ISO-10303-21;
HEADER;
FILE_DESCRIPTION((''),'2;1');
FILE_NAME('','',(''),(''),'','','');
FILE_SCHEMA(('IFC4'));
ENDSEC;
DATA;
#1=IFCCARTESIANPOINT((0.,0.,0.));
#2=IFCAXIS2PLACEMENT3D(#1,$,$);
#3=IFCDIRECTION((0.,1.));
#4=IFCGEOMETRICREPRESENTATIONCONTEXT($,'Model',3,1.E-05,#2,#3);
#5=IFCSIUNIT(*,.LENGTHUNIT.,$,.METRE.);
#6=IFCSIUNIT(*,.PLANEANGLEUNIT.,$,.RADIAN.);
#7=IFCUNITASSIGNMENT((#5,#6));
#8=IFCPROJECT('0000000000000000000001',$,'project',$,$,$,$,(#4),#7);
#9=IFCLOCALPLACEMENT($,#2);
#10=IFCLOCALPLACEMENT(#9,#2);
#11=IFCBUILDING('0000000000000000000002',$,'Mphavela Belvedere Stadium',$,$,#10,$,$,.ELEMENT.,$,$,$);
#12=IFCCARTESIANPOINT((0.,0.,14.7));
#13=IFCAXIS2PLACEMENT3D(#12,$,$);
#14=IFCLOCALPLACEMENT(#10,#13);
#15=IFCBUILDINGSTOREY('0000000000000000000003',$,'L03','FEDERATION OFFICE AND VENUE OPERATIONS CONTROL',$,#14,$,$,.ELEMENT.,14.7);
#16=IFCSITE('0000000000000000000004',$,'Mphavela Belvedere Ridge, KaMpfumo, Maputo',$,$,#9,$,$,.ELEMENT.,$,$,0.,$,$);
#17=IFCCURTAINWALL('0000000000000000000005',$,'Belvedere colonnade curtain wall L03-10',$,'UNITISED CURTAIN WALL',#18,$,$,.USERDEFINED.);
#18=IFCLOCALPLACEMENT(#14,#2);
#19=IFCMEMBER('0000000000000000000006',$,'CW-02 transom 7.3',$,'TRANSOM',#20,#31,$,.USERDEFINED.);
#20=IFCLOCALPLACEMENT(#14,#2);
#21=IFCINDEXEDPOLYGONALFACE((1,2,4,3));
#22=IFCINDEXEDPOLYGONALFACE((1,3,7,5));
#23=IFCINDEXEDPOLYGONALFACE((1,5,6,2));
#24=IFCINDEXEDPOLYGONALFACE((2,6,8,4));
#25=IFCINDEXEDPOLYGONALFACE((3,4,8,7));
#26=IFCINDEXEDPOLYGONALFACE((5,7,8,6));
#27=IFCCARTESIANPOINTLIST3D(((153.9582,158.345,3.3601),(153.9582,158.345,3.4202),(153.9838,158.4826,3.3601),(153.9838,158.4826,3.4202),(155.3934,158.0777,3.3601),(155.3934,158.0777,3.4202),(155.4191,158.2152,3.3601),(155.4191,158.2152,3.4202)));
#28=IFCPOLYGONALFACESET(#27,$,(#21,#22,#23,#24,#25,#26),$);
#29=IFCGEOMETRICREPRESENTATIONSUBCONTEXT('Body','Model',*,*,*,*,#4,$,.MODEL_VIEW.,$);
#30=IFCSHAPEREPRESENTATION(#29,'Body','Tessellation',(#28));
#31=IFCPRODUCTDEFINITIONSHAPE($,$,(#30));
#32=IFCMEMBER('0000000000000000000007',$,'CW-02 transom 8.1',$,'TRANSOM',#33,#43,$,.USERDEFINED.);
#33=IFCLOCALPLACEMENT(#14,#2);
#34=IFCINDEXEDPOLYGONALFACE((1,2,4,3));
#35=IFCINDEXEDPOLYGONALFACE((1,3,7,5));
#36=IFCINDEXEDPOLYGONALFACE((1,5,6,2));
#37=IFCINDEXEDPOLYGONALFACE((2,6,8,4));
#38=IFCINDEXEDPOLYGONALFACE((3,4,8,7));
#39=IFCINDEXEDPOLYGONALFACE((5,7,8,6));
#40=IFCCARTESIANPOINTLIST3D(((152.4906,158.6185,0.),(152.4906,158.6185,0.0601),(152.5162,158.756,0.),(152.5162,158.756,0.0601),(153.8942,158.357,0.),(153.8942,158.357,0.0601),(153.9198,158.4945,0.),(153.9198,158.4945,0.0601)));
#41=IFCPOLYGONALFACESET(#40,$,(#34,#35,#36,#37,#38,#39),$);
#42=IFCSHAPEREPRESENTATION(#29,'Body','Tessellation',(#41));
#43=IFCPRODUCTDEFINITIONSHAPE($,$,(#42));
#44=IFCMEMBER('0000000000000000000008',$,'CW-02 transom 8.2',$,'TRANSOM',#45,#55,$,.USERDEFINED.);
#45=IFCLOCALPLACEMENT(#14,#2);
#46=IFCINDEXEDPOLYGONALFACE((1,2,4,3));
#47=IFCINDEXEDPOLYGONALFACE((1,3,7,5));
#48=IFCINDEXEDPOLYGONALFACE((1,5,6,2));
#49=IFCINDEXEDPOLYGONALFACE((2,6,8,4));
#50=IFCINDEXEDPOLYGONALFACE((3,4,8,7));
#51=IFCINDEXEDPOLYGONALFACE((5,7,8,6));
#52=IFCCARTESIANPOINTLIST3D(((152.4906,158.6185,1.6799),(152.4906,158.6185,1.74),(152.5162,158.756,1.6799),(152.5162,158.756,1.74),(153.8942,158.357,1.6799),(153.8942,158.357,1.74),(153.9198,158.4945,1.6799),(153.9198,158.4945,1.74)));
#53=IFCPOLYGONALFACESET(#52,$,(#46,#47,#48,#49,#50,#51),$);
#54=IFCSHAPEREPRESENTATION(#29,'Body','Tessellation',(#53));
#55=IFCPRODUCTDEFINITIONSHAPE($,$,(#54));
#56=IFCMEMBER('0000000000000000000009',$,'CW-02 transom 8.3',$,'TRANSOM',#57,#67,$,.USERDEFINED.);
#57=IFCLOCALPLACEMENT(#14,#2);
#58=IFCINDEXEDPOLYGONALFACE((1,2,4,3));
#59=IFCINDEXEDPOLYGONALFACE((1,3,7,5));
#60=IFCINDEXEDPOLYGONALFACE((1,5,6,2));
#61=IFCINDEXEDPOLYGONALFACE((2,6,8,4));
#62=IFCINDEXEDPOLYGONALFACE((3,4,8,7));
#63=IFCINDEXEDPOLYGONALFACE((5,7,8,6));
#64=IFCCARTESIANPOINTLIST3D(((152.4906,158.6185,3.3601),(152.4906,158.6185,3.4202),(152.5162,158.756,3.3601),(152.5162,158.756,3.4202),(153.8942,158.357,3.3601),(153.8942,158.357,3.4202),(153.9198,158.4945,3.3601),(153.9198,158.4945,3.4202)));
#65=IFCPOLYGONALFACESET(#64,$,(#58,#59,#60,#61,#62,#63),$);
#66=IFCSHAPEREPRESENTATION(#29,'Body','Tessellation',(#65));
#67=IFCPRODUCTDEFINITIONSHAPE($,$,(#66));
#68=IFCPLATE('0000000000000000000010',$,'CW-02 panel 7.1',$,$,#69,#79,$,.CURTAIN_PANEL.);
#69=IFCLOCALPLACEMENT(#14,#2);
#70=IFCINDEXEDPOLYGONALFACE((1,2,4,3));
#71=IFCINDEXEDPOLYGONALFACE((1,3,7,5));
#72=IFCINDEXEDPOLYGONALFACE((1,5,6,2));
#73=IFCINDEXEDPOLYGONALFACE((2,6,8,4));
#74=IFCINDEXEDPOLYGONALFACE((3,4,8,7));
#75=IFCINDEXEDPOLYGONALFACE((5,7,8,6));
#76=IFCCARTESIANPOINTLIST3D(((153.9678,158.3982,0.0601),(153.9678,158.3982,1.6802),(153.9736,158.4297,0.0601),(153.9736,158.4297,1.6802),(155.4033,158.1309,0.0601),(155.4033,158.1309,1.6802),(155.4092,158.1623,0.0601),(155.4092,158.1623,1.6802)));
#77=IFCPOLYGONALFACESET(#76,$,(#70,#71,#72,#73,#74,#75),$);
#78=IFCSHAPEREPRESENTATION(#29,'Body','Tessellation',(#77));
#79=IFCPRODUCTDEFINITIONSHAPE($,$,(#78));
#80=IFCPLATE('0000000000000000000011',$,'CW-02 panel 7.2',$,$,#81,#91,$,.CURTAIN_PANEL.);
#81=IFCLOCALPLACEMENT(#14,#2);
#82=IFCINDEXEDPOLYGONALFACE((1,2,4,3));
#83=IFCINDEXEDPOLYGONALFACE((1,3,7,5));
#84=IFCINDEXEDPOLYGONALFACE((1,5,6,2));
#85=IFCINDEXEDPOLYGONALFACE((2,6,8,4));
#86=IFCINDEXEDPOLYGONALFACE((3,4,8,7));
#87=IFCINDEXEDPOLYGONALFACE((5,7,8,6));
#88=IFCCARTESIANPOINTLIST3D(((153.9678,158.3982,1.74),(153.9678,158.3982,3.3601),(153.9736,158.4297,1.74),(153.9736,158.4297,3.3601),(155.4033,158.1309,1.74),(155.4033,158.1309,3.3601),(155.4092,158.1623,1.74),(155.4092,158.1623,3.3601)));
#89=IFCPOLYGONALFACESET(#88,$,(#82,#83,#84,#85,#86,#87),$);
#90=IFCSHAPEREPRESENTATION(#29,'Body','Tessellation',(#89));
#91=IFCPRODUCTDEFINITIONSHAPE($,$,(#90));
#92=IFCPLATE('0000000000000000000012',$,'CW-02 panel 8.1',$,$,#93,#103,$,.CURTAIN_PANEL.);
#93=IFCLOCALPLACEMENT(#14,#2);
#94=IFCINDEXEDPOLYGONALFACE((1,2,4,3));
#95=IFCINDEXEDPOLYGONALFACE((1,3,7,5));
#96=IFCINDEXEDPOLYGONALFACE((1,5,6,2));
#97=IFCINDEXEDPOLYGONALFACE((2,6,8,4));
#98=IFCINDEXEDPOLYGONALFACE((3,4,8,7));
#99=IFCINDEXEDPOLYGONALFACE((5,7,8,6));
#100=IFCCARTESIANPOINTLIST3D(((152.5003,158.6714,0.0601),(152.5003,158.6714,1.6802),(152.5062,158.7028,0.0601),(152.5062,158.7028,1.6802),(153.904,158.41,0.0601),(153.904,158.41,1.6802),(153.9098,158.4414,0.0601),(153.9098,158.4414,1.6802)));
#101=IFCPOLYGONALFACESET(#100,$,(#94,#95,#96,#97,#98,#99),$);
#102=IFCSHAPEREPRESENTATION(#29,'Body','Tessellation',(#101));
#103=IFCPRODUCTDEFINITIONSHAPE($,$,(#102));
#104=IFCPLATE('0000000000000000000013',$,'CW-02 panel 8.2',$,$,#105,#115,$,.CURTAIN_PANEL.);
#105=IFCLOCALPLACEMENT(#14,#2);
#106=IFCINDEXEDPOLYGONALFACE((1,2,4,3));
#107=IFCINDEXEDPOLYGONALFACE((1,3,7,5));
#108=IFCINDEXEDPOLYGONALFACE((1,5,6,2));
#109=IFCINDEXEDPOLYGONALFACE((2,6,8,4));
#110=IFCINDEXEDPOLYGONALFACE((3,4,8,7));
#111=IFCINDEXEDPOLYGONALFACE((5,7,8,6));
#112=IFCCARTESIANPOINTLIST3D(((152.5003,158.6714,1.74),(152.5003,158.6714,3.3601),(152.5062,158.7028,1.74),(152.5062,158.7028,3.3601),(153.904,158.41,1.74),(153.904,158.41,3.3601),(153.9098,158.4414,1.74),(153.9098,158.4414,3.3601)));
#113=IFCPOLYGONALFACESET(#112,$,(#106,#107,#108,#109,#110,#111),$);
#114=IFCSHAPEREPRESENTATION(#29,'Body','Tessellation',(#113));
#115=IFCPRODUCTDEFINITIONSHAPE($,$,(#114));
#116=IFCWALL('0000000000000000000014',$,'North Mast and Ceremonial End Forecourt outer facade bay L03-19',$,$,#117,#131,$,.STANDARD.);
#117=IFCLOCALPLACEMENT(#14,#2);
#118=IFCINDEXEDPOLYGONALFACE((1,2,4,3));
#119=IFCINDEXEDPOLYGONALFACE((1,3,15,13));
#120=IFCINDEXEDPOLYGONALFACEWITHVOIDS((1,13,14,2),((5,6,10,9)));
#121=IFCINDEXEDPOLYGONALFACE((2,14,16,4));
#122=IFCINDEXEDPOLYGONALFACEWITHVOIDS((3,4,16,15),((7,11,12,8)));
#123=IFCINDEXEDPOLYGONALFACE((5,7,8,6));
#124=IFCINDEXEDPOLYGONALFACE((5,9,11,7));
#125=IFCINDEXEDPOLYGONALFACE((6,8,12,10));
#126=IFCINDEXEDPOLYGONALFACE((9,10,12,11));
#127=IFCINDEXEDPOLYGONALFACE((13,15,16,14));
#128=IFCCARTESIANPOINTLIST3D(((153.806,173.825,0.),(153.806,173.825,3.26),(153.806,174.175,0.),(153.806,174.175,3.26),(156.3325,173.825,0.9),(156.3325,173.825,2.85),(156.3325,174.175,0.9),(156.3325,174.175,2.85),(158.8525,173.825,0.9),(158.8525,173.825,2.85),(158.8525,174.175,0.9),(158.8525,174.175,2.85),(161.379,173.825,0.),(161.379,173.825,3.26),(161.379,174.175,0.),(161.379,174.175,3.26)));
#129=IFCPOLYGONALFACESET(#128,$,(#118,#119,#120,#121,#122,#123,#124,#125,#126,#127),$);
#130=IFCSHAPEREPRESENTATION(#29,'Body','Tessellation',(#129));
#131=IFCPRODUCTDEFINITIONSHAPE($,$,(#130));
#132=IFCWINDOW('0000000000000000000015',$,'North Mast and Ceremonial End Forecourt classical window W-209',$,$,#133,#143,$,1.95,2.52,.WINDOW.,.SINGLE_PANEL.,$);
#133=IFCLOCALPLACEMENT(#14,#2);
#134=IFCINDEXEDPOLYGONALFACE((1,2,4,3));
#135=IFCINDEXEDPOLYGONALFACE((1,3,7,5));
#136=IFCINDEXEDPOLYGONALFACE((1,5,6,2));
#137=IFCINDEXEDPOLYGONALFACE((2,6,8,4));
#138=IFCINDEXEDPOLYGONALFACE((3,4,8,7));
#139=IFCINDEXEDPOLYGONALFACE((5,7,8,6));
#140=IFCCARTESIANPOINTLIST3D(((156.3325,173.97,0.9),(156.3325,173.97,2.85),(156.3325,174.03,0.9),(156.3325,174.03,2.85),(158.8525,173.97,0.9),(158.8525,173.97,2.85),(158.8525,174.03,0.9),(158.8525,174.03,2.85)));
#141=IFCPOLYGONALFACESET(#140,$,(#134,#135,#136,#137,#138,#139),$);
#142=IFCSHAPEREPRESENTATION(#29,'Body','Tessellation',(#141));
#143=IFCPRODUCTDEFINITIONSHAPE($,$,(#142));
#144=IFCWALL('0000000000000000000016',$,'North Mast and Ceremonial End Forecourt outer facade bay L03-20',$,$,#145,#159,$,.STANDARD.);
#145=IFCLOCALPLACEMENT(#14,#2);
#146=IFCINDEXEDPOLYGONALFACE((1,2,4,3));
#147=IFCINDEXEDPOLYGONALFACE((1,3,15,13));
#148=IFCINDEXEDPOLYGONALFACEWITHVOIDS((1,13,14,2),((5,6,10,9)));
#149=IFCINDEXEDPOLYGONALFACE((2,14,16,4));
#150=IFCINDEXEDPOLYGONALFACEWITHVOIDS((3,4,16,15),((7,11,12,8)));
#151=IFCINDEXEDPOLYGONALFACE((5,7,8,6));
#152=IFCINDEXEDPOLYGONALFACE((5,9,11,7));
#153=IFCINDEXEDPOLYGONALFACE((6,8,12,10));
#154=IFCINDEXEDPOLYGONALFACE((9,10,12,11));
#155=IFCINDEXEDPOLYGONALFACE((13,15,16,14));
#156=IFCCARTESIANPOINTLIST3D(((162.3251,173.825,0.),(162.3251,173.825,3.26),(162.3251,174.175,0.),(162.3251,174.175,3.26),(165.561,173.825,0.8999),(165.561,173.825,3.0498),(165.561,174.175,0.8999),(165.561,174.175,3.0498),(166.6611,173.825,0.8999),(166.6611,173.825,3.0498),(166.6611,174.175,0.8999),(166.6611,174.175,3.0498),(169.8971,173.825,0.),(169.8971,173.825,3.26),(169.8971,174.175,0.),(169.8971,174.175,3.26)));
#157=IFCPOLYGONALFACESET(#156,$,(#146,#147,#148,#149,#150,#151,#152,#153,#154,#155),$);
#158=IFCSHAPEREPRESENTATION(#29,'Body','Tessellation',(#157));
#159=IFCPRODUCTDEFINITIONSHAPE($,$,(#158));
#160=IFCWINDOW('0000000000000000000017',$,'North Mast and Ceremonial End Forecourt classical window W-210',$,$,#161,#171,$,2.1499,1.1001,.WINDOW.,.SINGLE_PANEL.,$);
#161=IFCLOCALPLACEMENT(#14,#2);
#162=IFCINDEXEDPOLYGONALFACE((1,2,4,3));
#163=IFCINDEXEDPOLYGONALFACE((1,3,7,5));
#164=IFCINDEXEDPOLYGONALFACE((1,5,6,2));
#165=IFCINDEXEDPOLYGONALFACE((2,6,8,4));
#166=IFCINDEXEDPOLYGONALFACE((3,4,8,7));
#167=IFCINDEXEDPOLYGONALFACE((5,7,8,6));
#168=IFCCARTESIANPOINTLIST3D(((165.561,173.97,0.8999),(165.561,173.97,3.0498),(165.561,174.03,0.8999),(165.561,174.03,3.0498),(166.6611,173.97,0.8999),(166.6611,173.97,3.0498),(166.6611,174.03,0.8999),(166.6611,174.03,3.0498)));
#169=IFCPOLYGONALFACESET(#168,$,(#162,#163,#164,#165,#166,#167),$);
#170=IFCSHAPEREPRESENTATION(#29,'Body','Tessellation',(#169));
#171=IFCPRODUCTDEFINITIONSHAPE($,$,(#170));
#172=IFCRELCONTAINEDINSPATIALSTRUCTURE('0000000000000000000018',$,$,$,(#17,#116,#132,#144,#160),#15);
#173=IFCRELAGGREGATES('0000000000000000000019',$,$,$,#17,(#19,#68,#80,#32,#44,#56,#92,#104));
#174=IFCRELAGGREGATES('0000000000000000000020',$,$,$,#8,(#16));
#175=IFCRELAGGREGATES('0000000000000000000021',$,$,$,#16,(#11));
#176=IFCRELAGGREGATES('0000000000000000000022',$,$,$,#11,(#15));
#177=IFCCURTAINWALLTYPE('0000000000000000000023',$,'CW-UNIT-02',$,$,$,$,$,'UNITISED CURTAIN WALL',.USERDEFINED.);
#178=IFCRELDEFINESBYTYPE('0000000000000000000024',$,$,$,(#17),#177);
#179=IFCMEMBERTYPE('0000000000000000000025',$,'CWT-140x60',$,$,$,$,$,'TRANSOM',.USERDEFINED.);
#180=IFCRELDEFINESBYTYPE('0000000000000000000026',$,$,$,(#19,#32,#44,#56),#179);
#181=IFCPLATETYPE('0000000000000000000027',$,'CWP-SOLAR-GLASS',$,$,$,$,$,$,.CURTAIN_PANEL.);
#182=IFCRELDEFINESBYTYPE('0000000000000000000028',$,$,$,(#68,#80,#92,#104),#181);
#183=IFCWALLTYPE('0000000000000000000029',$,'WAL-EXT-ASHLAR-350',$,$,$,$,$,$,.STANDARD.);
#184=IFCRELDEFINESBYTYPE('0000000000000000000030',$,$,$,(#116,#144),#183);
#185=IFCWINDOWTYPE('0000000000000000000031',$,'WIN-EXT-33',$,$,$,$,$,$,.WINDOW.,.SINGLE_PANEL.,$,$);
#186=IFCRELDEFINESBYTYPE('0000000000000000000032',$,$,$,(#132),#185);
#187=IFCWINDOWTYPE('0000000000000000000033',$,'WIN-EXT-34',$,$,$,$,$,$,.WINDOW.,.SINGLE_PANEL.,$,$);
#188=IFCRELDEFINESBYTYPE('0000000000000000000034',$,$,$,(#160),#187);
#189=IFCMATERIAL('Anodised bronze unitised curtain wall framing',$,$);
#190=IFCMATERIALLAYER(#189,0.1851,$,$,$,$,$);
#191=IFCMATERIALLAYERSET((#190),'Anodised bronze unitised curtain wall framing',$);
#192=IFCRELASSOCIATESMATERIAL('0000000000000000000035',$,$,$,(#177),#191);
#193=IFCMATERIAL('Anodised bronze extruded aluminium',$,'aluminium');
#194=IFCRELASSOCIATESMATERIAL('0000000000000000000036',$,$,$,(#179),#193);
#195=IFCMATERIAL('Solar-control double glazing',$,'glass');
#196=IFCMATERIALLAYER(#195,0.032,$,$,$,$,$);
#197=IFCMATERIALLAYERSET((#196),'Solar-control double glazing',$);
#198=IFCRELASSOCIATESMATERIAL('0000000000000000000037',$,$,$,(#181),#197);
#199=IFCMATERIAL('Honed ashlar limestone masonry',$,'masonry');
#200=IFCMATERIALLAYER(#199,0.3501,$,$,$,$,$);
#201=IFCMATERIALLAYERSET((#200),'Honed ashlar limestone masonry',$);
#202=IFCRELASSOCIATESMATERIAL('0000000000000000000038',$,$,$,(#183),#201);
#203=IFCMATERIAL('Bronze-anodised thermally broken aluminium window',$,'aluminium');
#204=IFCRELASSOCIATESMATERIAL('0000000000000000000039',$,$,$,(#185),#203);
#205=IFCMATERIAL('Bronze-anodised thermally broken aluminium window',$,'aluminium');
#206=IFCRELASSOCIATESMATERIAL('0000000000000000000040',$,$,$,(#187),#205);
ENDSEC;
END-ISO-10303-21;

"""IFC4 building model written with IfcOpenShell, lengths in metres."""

from ifc_helpers import new_model, si_unit, direction, frame, frame_2d, origin, origin_2d, place, context, subcontext, project, spatial, rectangle, extrude, material, layer, layer_set, material_profile, profile_set, type_object, element, fill, aggregate, save


model = new_model("IFC4")

# Units and contexts
model_context = context("Model", 3, precision=1e-05, world=origin(), true_north=direction((0.0, 1.0)))
body_context = subcontext(model_context, "Body", "Model", "MODEL_VIEW")
ifc_project = project(units=[si_unit("LENGTHUNIT", "METRE"), si_unit("PLANEANGLEUNIT", "RADIAN")], contexts=[model_context])

# Site, building, storey
site_placement = place(None, origin())
site = spatial("IfcSite", under=ifc_project, at=site_placement, Name="Mphavela Belvedere Ridge, KaMpfumo, Maputo", CompositionType="ELEMENT", RefElevation=0.0)
building_placement = place(site_placement, origin())
building = spatial("IfcBuilding", under=site, at=building_placement, Name="Mphavela Belvedere Stadium", CompositionType="ELEMENT")
storey_placement = place(building_placement, frame((0.0, 0.0, 14.7)))
storey = spatial("IfcBuildingStorey", under=building, at=storey_placement, Name="L03", Description="FEDERATION OFFICE AND VENUE OPERATIONS CONTROL", CompositionType="ELEMENT", Elevation=14.7)

# Curtain wall
ifc_material_1 = material(Name="Anodised bronze unitised curtain wall framing")
ifc_layer_1 = layer(ifc_material_1, 0.1851)
ifc_layer_set_1 = layer_set([ifc_layer_1], Name="Anodised bronze unitised curtain wall framing")
curtain_wall_type_1 = type_object("IfcCurtainWallType", Name="CW-UNIT-02", ElementType="UNITISED CURTAIN WALL", PredefinedType="USERDEFINED", material=ifc_layer_set_1)
curtain_wall_1_placement = place(storey_placement, origin())
curtain_wall_1 = element("IfcCurtainWall", 1, at=curtain_wall_1_placement, inside=storey, type_object=curtain_wall_type_1, Name="Belvedere colonnade curtain wall L03-10", ObjectType="UNITISED CURTAIN WALL", PredefinedType="USERDEFINED")

# Members
ifc_material_2 = material(Name="Anodised bronze extruded aluminium", Category="aluminium")
ifc_material_profile_1 = material_profile(ifc_material_2, rectangle(XDim=0.1399, YDim=0.0601, at=origin_2d()), Name="CW-TRN 140x60")
ifc_profile_set_1 = profile_set([ifc_material_profile_1], Name="Anodised bronze extruded aluminium")
member_type_1 = type_object("IfcMemberType", Name="CWT-140x60", ElementType="TRANSOM", PredefinedType="USERDEFINED", material=ifc_profile_set_1)
member_1_placement = place(storey_placement, frame((155.4062, 158.1465, 3.3901), z_axis=(-0.983093, 0.183107, 0.0), x_axis=(-0.183107, -0.983093, 0.0)))
member_1 = element("IfcMember", 2, at=member_1_placement, type_object=member_type_1, Name="CW-02 transom 7.3", ObjectType="TRANSOM", PredefinedType="USERDEFINED", context=body_context, shape_type="SweptSolid", body=[
    extrude(rectangle(XDim=0.1399, YDim=0.0601, at=origin_2d()), origin(), (0.0, 0.0, 1.0), 1.46),
])
member_2_placement = place(storey_placement, frame((153.907, 158.4258, 0.03), z_axis=(-0.983086, 0.183142, 0.0), x_axis=(-0.183142, -0.983086, 0.0)))
member_2 = element("IfcMember", 3, at=member_2_placement, type_object=member_type_1, Name="CW-02 transom 8.1", ObjectType="TRANSOM", PredefinedType="USERDEFINED", context=body_context, shape_type="SweptSolid", body=[
    extrude(rectangle(XDim=0.1399, YDim=0.0601, at=origin_2d()), origin(), (0.0, 0.0, 1.0), 1.4277),
])
member_3_placement = place(storey_placement, frame((153.907, 158.4258, 1.71), z_axis=(-0.983086, 0.183142, 0.0), x_axis=(-0.183142, -0.983086, 0.0)))
member_3 = element("IfcMember", 4, at=member_3_placement, type_object=member_type_1, Name="CW-02 transom 8.2", ObjectType="TRANSOM", PredefinedType="USERDEFINED", context=body_context, shape_type="SweptSolid", body=[
    extrude(rectangle(XDim=0.1399, YDim=0.0601, at=origin_2d()), origin(), (0.0, 0.0, 1.0), 1.4277),
])
member_4_placement = place(storey_placement, frame((153.907, 158.4258, 3.3901), z_axis=(-0.983086, 0.183142, 0.0), x_axis=(-0.183142, -0.983086, 0.0)))
member_4 = element("IfcMember", 5, at=member_4_placement, type_object=member_type_1, Name="CW-02 transom 8.3", ObjectType="TRANSOM", PredefinedType="USERDEFINED", context=body_context, shape_type="SweptSolid", body=[
    extrude(rectangle(XDim=0.1399, YDim=0.0601, at=origin_2d()), origin(), (0.0, 0.0, 1.0), 1.4277),
])

# Plates
ifc_material_3 = material(Name="Solar-control double glazing", Category="glass")
ifc_layer_2 = layer(ifc_material_3, 0.032)
ifc_layer_set_2 = layer_set([ifc_layer_2], Name="Solar-control double glazing")
plate_type = type_object("IfcPlateType", Name="CWP-SOLAR-GLASS", PredefinedType="CURTAIN_PANEL", material=ifc_layer_set_2)
plate_1_placement = place(storey_placement, frame((154.6885, 158.2803, 0.0601), z_axis=(0.0, 0.0, 1.0), x_axis=(-0.983097, 0.183088, 0.0)))
plate_1 = element("IfcPlate", 6, at=plate_1_placement, type_object=plate_type, Name="CW-02 panel 7.1", PredefinedType="CURTAIN_PANEL", context=body_context, shape_type="SweptSolid", body=[
    extrude(rectangle(XDim=1.4602, YDim=0.032, at=origin_2d()), origin(), (0.0, 0.0, 1.0), 1.6201),
])
plate_2_placement = place(storey_placement, frame((154.6885, 158.2803, 1.74), z_axis=(0.0, 0.0, 1.0), x_axis=(-0.983097, 0.183088, 0.0)))
plate_2 = element("IfcPlate", 7, at=plate_2_placement, type_object=plate_type, Name="CW-02 panel 7.2", PredefinedType="CURTAIN_PANEL", context=body_context, shape_type="SweptSolid", body=[
    extrude(rectangle(XDim=1.4602, YDim=0.032, at=origin_2d()), origin(), (0.0, 0.0, 1.0), 1.6201),
])
plate_3_placement = place(storey_placement, frame((153.2051, 158.5564, 0.0601), z_axis=(0.0, 0.0, 1.0), x_axis=(-0.983097, 0.183088, 0.0)))
plate_3 = element("IfcPlate", 8, at=plate_3_placement, type_object=plate_type, Name="CW-02 panel 8.1", PredefinedType="CURTAIN_PANEL", context=body_context, shape_type="SweptSolid", body=[
    extrude(rectangle(XDim=1.4277, YDim=0.032, at=origin_2d()), origin(), (0.0, 0.0, 1.0), 1.6201),
])
plate_4_placement = place(storey_placement, frame((153.2051, 158.5564, 1.74), z_axis=(0.0, 0.0, 1.0), x_axis=(-0.983097, 0.183088, 0.0)))
plate_4 = element("IfcPlate", 9, at=plate_4_placement, type_object=plate_type, Name="CW-02 panel 8.2", PredefinedType="CURTAIN_PANEL", context=body_context, shape_type="SweptSolid", body=[
    extrude(rectangle(XDim=1.4277, YDim=0.032, at=origin_2d()), origin(), (0.0, 0.0, 1.0), 1.6201),
])
aggregate(curtain_wall_1, [member_1, plate_1, plate_2, member_2, member_3, member_4, plate_3, plate_4])

# Walls, openings, windows
ifc_material_4 = material(Name="Honed ashlar limestone masonry", Category="masonry")
ifc_layer_3 = layer(ifc_material_4, 0.3501)
ifc_layer_set_3 = layer_set([ifc_layer_3], Name="Honed ashlar limestone masonry")
wall_type_1 = type_object("IfcWallType", Name="WAL-EXT-ASHLAR-350", PredefinedType="STANDARD", material=ifc_layer_set_3)
wall_1_placement = place(storey_placement, frame((153.8059, 174.0, 0.0), z_axis=(0.0, 0.0, 1.0), x_axis=(1.0, 0.0, 0.0)))
wall_1 = element("IfcWall", 10, at=wall_1_placement, inside=storey, type_object=wall_type_1, Name="North Mast and Ceremonial End Forecourt outer facade bay L03-19", PredefinedType="STANDARD", context=body_context, shape_type="SweptSolid", body=[
    extrude(rectangle(XDim=7.573, YDim=0.3501, at=frame_2d((3.7866, 0.0))), origin(), (0.0, 0.0, 1.0), 3.26),
])
opening_1_placement = place(wall_1_placement, frame((2.5266, 0.0, 0.8999)))
opening_1 = element("IfcOpeningElement", 11, at=opening_1_placement, cuts=wall_1, PredefinedType="OPENING", context=body_context, shape_type="SweptSolid", body=[
    extrude(rectangle(XDim=2.52, YDim=1.95, at=frame_2d((1.26, 0.9751))), frame((0.0, 0.1851, 0.0), z_axis=(0.0, -1.0, 0.0), x_axis=(1.0, 0.0, 0.0)), (0.0, 0.0, 1.0), 0.3701),
])
ifc_material_5 = material(Name="Bronze-anodised thermally broken aluminium window", Category="aluminium")
window_type_1 = type_object("IfcWindowType", Name="WIN-EXT-33", PartitioningType="SINGLE_PANEL", PredefinedType="WINDOW", material=ifc_material_5)
window_1_placement = place(opening_1_placement, origin())
window_1 = element("IfcWindow", 12, at=window_1_placement, inside=storey, type_object=window_type_1, Name="North Mast and Ceremonial End Forecourt classical window W-209", OverallHeight=1.95, OverallWidth=2.52, PartitioningType="SINGLE_PANEL", PredefinedType="WINDOW", context=body_context, shape_type="SweptSolid", body=[
    extrude(rectangle(XDim=2.52, YDim=1.95, at=frame_2d((1.26, 0.9751))), frame((0.0, 0.03, 0.0), z_axis=(0.0, -1.0, 0.0), x_axis=(1.0, 0.0, 0.0)), (0.0, 0.0, 1.0), 0.0601),
])
fill(opening_1, window_1)
wall_2_placement = place(storey_placement, frame((162.325, 174.0, 0.0), z_axis=(0.0, 0.0, 1.0), x_axis=(1.0, 0.0, 0.0)))
wall_2 = element("IfcWall", 13, at=wall_2_placement, inside=storey, type_object=wall_type_1, Name="North Mast and Ceremonial End Forecourt outer facade bay L03-20", PredefinedType="STANDARD", context=body_context, shape_type="SweptSolid", body=[
    extrude(rectangle(XDim=7.572, YDim=0.3501, at=frame_2d((3.7861, 0.0))), origin(), (0.0, 0.0, 1.0), 3.26),
])
opening_2_placement = place(wall_2_placement, frame((3.2361, 0.0, 0.8999)))
opening_2 = element("IfcOpeningElement", 14, at=opening_2_placement, cuts=wall_2, PredefinedType="OPENING", context=body_context, shape_type="SweptSolid", body=[
    extrude(rectangle(XDim=1.1001, YDim=2.1499, at=frame_2d((0.55, 1.075))), frame((0.0, 0.1851, 0.0), z_axis=(0.0, -1.0, 0.0), x_axis=(1.0, 0.0, 0.0)), (0.0, 0.0, 1.0), 0.3701),
])
ifc_material_6 = material(Name="Bronze-anodised thermally broken aluminium window", Category="aluminium")
window_type_2 = type_object("IfcWindowType", Name="WIN-EXT-34", PartitioningType="SINGLE_PANEL", PredefinedType="WINDOW", material=ifc_material_6)
window_2_placement = place(opening_2_placement, origin())
window_2 = element("IfcWindow", 15, at=window_2_placement, inside=storey, type_object=window_type_2, Name="North Mast and Ceremonial End Forecourt classical window W-210", OverallHeight=2.1499, OverallWidth=1.1001, PartitioningType="SINGLE_PANEL", PredefinedType="WINDOW", context=body_context, shape_type="SweptSolid", body=[
    extrude(rectangle(XDim=1.1001, YDim=2.1499, at=frame_2d((0.55, 1.075))), frame((0.0, 0.03, 0.0), z_axis=(0.0, -1.0, 0.0), x_axis=(1.0, 0.0, 0.0)), (0.0, 0.0, 1.0), 0.0601),
])
fill(opening_2, window_2)

save(model, "model.ifc")
